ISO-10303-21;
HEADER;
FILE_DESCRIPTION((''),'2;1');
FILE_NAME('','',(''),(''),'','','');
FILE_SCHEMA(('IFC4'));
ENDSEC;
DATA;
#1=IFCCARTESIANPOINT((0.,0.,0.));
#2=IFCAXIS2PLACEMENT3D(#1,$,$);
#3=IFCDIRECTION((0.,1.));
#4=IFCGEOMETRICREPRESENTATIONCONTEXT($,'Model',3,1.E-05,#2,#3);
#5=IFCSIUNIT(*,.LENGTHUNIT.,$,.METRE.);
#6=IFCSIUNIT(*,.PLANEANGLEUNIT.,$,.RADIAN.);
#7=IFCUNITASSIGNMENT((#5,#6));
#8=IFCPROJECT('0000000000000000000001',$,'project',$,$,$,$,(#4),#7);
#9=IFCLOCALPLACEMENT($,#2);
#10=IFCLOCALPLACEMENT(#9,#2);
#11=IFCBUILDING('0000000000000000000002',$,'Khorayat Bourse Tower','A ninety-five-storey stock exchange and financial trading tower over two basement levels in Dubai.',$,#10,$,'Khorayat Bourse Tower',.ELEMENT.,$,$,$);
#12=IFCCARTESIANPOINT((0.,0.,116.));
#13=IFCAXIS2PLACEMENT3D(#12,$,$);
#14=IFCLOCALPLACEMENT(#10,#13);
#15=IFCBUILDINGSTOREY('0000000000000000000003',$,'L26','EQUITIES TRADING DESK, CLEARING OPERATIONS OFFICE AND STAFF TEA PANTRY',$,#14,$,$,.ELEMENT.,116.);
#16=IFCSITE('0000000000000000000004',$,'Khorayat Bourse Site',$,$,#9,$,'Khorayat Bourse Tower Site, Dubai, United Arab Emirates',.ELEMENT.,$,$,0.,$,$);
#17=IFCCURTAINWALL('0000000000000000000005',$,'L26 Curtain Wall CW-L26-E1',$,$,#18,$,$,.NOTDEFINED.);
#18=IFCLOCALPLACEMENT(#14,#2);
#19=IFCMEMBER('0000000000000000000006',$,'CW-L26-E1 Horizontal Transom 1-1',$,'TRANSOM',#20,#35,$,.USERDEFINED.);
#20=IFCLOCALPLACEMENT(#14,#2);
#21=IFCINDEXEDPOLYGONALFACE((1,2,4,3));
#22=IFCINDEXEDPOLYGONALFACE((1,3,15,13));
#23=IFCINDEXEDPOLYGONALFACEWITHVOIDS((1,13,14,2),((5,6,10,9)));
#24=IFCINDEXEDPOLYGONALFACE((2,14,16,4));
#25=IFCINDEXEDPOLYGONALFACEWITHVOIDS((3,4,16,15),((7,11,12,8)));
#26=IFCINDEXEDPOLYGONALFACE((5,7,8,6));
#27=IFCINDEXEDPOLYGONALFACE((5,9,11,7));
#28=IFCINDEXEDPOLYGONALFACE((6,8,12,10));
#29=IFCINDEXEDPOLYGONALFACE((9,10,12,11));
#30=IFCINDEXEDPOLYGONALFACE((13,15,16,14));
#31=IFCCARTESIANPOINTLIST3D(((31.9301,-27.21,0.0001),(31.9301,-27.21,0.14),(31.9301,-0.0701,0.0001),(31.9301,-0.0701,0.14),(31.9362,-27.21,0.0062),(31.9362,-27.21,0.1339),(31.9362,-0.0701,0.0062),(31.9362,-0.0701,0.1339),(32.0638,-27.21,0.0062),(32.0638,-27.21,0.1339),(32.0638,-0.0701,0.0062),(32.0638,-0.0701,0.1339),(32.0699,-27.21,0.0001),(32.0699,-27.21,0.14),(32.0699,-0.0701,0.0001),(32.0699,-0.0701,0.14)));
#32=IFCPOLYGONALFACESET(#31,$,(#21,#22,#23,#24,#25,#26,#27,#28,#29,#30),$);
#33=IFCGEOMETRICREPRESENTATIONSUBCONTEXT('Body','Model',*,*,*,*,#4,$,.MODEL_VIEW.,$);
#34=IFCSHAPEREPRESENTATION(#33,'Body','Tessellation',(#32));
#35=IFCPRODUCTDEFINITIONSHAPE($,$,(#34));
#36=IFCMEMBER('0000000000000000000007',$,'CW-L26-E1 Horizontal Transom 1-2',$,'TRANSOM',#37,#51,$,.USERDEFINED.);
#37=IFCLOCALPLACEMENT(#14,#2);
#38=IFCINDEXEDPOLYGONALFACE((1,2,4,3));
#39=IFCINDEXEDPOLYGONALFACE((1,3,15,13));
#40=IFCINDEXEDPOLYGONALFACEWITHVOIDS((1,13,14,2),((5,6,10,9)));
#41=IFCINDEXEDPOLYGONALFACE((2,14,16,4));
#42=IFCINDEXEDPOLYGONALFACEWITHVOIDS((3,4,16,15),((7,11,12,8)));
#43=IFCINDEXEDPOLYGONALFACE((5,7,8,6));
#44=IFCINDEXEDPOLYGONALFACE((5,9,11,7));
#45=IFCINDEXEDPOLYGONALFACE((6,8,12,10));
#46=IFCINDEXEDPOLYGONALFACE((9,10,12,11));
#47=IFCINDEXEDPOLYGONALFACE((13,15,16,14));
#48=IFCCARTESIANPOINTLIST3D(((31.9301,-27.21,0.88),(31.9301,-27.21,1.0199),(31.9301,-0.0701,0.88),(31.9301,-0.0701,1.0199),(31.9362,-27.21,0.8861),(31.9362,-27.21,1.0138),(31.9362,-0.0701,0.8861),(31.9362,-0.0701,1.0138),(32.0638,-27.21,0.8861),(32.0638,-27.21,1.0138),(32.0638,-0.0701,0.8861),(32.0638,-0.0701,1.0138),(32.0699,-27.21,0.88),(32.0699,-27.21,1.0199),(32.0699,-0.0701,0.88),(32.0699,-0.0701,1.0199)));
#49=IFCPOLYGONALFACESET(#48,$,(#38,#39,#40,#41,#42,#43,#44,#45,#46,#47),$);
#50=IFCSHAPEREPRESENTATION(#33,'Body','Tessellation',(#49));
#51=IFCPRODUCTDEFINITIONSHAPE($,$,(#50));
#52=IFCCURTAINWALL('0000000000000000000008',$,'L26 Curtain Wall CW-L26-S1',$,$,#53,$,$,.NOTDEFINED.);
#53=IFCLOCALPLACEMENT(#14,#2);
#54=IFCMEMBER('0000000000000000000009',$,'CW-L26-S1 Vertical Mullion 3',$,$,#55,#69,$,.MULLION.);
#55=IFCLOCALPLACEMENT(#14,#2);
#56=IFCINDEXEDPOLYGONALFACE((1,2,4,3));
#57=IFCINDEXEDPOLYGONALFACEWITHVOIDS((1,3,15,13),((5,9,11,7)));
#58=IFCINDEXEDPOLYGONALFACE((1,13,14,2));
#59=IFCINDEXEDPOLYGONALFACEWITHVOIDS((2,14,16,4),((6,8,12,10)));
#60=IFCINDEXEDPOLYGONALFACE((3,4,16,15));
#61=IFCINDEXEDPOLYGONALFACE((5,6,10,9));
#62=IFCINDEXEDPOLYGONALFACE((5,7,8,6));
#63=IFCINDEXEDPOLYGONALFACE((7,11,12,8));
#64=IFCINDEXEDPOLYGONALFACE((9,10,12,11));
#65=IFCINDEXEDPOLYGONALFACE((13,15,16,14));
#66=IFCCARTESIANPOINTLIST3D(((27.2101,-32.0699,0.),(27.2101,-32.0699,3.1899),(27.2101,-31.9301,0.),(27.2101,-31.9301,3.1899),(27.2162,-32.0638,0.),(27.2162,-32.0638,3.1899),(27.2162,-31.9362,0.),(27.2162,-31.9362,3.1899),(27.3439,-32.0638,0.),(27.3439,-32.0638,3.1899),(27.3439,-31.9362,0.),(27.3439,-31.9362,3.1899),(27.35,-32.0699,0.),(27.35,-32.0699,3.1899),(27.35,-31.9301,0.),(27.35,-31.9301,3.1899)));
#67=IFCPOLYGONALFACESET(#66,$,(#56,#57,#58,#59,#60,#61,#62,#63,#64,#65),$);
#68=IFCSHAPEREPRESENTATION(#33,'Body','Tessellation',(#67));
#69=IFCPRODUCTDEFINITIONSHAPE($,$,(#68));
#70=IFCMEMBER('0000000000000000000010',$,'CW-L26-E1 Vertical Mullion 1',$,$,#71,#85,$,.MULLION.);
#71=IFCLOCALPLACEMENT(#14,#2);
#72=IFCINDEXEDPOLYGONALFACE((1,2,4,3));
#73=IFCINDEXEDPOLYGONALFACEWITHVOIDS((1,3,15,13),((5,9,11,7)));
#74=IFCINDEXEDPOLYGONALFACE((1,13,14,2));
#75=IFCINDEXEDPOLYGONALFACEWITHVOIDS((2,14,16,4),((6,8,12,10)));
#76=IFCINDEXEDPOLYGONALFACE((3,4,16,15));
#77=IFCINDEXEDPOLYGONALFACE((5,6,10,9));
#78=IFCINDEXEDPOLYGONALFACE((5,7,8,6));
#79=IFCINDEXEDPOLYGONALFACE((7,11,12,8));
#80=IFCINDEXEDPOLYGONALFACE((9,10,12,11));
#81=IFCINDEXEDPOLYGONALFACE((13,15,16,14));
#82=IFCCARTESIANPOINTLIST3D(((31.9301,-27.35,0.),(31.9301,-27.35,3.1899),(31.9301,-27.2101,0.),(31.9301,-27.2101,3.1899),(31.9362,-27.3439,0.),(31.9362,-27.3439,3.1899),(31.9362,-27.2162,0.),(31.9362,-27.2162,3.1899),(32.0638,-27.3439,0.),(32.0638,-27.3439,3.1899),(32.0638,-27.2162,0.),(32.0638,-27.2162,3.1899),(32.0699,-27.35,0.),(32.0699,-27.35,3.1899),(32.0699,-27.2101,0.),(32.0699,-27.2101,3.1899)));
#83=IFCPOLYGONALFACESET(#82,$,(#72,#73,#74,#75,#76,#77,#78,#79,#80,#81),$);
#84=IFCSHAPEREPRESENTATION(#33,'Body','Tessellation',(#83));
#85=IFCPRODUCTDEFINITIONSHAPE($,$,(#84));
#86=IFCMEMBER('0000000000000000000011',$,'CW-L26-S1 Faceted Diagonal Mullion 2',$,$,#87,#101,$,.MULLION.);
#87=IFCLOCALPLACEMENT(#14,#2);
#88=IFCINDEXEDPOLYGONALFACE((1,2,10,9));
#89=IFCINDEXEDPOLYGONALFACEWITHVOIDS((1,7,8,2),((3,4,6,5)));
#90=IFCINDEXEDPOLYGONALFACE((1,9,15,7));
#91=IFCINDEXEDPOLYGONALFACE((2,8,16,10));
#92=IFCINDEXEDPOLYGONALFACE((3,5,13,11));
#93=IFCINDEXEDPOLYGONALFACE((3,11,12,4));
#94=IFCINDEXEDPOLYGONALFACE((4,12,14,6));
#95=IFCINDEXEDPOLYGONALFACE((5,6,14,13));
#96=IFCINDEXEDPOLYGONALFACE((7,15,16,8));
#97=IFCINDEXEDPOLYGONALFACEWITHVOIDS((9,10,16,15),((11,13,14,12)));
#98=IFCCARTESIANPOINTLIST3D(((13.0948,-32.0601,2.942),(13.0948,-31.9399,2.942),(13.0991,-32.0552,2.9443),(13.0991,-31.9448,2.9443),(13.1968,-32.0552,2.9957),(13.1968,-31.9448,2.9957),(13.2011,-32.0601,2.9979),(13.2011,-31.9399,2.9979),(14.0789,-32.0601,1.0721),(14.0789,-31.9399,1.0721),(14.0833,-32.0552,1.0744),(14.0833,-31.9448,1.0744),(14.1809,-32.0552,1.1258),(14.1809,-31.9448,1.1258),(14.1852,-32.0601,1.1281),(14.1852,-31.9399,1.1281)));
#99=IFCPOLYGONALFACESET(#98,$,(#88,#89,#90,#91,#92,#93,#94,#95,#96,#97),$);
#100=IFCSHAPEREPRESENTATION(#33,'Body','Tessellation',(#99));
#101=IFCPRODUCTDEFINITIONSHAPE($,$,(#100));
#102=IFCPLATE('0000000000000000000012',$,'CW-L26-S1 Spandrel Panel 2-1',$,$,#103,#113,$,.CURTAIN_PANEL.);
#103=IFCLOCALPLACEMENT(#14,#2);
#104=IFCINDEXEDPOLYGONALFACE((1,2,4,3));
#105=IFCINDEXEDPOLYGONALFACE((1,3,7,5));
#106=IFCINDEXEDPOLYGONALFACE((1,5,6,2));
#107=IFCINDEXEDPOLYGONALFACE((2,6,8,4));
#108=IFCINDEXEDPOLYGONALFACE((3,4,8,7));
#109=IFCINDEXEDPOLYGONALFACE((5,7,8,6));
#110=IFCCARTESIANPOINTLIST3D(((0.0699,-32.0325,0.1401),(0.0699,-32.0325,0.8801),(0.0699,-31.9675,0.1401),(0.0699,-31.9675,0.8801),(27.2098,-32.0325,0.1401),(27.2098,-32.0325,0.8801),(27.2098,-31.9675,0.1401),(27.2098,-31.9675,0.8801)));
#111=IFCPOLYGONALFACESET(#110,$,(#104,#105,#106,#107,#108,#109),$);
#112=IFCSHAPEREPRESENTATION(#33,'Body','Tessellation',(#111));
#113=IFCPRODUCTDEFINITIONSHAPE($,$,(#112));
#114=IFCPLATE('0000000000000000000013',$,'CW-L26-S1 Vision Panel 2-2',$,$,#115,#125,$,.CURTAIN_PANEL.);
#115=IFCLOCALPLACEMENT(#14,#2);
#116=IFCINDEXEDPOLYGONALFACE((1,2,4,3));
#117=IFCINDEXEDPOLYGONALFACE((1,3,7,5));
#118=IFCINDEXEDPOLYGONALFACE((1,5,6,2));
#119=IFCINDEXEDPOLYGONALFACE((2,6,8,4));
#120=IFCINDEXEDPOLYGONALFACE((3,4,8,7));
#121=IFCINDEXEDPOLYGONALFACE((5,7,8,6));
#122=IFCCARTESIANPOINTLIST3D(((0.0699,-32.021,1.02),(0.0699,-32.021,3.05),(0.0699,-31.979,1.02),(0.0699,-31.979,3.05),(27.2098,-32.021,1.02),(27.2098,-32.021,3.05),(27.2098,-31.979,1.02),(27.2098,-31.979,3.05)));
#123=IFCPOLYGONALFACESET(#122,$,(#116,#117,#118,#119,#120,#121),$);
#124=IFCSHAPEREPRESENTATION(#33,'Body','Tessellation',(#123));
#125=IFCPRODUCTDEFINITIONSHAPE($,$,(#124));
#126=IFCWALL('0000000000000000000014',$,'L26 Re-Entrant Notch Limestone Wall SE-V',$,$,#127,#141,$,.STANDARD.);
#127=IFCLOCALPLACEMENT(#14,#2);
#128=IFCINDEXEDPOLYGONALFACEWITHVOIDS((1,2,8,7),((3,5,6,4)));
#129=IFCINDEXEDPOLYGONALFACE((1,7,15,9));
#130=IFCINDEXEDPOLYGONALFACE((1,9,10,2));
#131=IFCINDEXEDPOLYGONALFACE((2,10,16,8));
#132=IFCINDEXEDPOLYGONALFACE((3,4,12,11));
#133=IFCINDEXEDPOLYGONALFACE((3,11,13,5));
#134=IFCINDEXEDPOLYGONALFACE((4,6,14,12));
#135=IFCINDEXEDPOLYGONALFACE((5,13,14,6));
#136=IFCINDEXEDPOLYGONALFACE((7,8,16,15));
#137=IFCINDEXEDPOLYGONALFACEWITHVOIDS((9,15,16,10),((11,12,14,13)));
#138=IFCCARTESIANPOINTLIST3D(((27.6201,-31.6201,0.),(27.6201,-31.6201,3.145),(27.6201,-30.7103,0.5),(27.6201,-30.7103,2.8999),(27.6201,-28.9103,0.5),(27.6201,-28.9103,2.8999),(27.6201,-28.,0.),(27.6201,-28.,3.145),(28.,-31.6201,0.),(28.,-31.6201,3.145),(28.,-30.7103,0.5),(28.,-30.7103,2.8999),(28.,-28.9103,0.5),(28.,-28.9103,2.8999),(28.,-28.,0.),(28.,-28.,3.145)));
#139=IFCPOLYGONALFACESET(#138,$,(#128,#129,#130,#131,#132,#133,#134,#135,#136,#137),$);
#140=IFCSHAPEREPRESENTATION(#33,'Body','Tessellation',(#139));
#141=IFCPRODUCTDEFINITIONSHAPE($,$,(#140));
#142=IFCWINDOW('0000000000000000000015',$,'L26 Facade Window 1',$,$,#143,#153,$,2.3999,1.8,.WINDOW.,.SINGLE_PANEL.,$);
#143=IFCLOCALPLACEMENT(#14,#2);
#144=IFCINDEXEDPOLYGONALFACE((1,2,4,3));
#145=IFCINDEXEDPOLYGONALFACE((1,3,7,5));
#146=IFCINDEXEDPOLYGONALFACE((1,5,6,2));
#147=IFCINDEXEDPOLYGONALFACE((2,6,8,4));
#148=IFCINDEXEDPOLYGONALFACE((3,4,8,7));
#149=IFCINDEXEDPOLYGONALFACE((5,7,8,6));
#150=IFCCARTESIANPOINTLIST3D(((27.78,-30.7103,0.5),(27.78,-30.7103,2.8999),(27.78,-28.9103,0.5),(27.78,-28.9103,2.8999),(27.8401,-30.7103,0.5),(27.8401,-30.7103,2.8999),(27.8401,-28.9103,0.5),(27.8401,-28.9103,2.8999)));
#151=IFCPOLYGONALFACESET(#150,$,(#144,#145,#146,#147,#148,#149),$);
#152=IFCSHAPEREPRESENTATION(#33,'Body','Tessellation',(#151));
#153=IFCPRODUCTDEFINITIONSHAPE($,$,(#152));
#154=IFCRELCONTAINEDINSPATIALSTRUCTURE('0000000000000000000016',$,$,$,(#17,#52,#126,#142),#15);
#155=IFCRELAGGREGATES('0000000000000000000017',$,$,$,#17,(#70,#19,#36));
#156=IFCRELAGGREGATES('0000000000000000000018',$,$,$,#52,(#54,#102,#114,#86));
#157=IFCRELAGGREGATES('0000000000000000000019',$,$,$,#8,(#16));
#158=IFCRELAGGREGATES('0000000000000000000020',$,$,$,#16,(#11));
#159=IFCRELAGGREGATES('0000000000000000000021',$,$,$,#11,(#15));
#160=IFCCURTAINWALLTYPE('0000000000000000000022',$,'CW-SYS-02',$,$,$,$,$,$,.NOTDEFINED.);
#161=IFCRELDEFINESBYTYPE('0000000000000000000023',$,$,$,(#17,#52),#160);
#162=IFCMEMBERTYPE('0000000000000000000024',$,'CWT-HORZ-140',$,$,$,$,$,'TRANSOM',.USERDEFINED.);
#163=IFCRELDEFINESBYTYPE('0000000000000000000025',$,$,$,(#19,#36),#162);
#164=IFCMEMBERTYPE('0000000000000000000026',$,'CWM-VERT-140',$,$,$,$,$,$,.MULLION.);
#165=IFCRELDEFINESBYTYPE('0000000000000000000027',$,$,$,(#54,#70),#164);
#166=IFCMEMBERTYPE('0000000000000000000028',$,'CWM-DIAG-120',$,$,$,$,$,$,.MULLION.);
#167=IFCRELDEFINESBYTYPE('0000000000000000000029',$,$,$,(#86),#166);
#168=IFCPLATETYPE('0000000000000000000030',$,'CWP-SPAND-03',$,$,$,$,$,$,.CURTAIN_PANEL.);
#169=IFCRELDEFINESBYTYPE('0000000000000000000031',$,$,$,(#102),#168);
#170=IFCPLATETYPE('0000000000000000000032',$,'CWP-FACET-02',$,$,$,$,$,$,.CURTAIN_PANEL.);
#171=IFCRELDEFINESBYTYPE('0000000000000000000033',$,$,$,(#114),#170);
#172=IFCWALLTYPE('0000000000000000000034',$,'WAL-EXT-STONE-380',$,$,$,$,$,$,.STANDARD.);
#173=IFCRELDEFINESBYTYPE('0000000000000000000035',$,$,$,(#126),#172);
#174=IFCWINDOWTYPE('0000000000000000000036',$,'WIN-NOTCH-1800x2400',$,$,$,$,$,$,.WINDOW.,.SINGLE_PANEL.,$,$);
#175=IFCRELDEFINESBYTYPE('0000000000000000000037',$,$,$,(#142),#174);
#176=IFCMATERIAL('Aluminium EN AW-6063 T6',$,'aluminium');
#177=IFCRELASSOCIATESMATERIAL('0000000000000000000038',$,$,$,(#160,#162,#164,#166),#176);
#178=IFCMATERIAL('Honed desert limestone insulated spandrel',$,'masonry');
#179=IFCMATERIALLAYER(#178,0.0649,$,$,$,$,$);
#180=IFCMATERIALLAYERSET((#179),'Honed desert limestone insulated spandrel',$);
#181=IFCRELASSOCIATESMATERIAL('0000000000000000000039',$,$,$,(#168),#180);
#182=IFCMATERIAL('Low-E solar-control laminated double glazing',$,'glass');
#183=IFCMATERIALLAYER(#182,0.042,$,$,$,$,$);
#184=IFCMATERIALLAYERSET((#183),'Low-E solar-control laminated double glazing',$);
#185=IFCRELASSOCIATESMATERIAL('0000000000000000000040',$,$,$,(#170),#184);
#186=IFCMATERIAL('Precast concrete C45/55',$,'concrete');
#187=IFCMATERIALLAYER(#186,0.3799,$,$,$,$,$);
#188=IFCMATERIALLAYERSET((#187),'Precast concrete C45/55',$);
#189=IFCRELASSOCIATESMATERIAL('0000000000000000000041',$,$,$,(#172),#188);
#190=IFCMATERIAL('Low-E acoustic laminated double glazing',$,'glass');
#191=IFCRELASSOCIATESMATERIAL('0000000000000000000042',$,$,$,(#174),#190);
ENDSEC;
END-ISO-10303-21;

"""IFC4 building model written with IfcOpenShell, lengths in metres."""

from ifc_helpers import new_model, si_unit, direction, frame, frame_2d, origin, origin_2d, place, context, subcontext, project, spatial, rectangle, hollow_rectangle, extrude, source, transform, mapped, material, layer, layer_set, material_profile, profile_set, type_object, element, fill, aggregate, save


model = new_model("IFC4")

# Units and contexts
model_context = context("Model", 3, precision=1e-05, world=origin(), true_north=direction((0.0, 1.0)))
body_context = subcontext(model_context, "Body", "Model", "MODEL_VIEW")
ifc_project = project(units=[si_unit("LENGTHUNIT", "METRE"), si_unit("PLANEANGLEUNIT", "RADIAN")], contexts=[model_context])

# Site, building, storey
site_placement = place(None, origin())
site = spatial("IfcSite", under=ifc_project, at=site_placement, Name="Khorayat Bourse Site", LongName="Khorayat Bourse Tower Site, Dubai, United Arab Emirates", CompositionType="ELEMENT", RefElevation=0.0)
building_placement = place(site_placement, origin())
building = spatial("IfcBuilding", under=site, at=building_placement, Name="Khorayat Bourse Tower", Description="A ninety-five-storey stock exchange and financial trading tower over two basement levels in Dubai.", LongName="Khorayat Bourse Tower", CompositionType="ELEMENT")
storey_placement = place(building_placement, frame((0.0, 0.0, 116.0)))
storey = spatial("IfcBuildingStorey", under=building, at=storey_placement, Name="L26", Description="EQUITIES TRADING DESK, CLEARING OPERATIONS OFFICE AND STAFF TEA PANTRY", CompositionType="ELEMENT", Elevation=116.0)

# Curtain wall, members
ifc_material_1 = material(Name="Aluminium EN AW-6063 T6", Category="aluminium")
curtain_wall_type = type_object("IfcCurtainWallType", Name="CW-SYS-02", PredefinedType="NOTDEFINED", material=ifc_material_1)
curtain_wall_1_placement = place(storey_placement, origin())
curtain_wall_1 = element("IfcCurtainWall", 1, at=curtain_wall_1_placement, inside=storey, type_object=curtain_wall_type, Name="L26 Curtain Wall CW-L26-E1", PredefinedType="NOTDEFINED")
ifc_material_profile_1 = material_profile(ifc_material_1, hollow_rectangle(XDim=0.1399, YDim=0.1399, WallThickness=0.0061, at=origin_2d()), Name="ALU 140x140x6")
ifc_profile_set_1 = profile_set([ifc_material_profile_1], Name="Aluminium EN AW-6063 T6")
member_type_1 = type_object("IfcMemberType", Name="CWT-HORZ-140", ElementType="TRANSOM", PredefinedType="USERDEFINED", material=ifc_profile_set_1)
shared_shape_1 = source(origin(), body_context, "Body", "SweptSolid", [
    extrude(hollow_rectangle(XDim=0.1399, YDim=0.1399, WallThickness=0.0061, at=origin_2d()), origin(), (0.0, 0.0, 1.0), 27.1399),
])
member_1_placement = place(storey_placement, frame((32.0, -27.21, 0.0701), z_axis=(0.0, 1.0, 0.0), x_axis=(-1.0, 0.0, 0.0)))
member_1 = element("IfcMember", 2, at=member_1_placement, type_object=member_type_1, Name="CW-L26-E1 Horizontal Transom 1-1", ObjectType="TRANSOM", PredefinedType="USERDEFINED", context=body_context, shape_type="MappedRepresentation", body=[
    mapped(shared_shape_1, transform((0.0, 0.0, 0.0), scale=1.0)),
])
member_2_placement = place(storey_placement, frame((32.0, -27.21, 0.95), z_axis=(0.0, 1.0, 0.0), x_axis=(-1.0, 0.0, 0.0)))
member_2 = element("IfcMember", 3, at=member_2_placement, type_object=member_type_1, Name="CW-L26-E1 Horizontal Transom 1-2", ObjectType="TRANSOM", PredefinedType="USERDEFINED", context=body_context, shape_type="MappedRepresentation", body=[
    mapped(shared_shape_1, transform((0.0, 0.0, 0.0), scale=1.0)),
])

# Curtain wall, member
curtain_wall_2_placement = place(storey_placement, origin())
curtain_wall_2 = element("IfcCurtainWall", 4, at=curtain_wall_2_placement, inside=storey, type_object=curtain_wall_type, Name="L26 Curtain Wall CW-L26-S1", PredefinedType="NOTDEFINED")
ifc_material_profile_2 = material_profile(ifc_material_1, hollow_rectangle(XDim=0.1399, YDim=0.1399, WallThickness=0.0061, at=origin_2d()), Name="ALU 140x140x6")
ifc_profile_set_2 = profile_set([ifc_material_profile_2], Name="Aluminium EN AW-6063 T6")
member_type_2 = type_object("IfcMemberType", Name="CWM-VERT-140", PredefinedType="MULLION", material=ifc_profile_set_2)
shared_shape_2 = source(origin(), body_context, "Body", "SweptSolid", [
    extrude(hollow_rectangle(XDim=0.1399, YDim=0.1399, WallThickness=0.0061, at=origin_2d()), origin(), (0.0, 0.0, 1.0), 3.1899),
])
member_3_placement = place(storey_placement, frame((27.28, -32.0, 0.0), z_axis=(0.0, 0.0, 1.0), x_axis=(0.0, 1.0, 0.0)))
member_3 = element("IfcMember", 5, at=member_3_placement, type_object=member_type_2, Name="CW-L26-S1 Vertical Mullion 3", PredefinedType="MULLION", context=body_context, shape_type="MappedRepresentation", body=[
    mapped(shared_shape_2, transform((0.0, 0.0, 0.0), scale=1.0)),
])

# Members
member_4_placement = place(storey_placement, frame((32.0, -27.28, 0.0), z_axis=(0.0, 0.0, 1.0), x_axis=(-1.0, 0.0, 0.0)))
member_4 = element("IfcMember", 6, at=member_4_placement, type_object=member_type_2, Name="CW-L26-E1 Vertical Mullion 1", PredefinedType="MULLION", context=body_context, shape_type="MappedRepresentation", body=[
    mapped(shared_shape_2, transform((0.0, 0.0, 0.0), scale=1.0)),
])
aggregate(curtain_wall_1, [member_4, member_1, member_2])
ifc_material_profile_3 = material_profile(ifc_material_1, hollow_rectangle(XDim=0.1201, YDim=0.1201, WallThickness=0.0049, at=origin_2d()), Name="ALU 120x120x5")
ifc_profile_set_3 = profile_set([ifc_material_profile_3], Name="Aluminium EN AW-6063 T6")
member_type_3 = type_object("IfcMemberType", Name="CWM-DIAG-120", PredefinedType="MULLION", material=ifc_profile_set_3)
shared_shape_3 = source(origin(), body_context, "Body", "SweptSolid", [
    extrude(hollow_rectangle(XDim=0.1201, YDim=0.1201, WallThickness=0.0049, at=origin_2d()), origin(), (0.0, 0.0, 1.0), 2.113),
])
member_5_placement = place(storey_placement, frame((14.1321, -32.0, 1.1001), z_axis=(-0.465742, 0.0, 0.884921), x_axis=(0.0, -1.0, 0.0)))
member_5 = element("IfcMember", 7, at=member_5_placement, type_object=member_type_3, Name="CW-L26-S1 Faceted Diagonal Mullion 2", PredefinedType="MULLION", context=body_context, shape_type="MappedRepresentation", body=[
    mapped(shared_shape_3, transform((0.0, 0.0, 0.0), scale=1.0)),
])

# Plates
ifc_material_2 = material(Name="Honed desert limestone insulated spandrel", Category="masonry")
ifc_layer_1 = layer(ifc_material_2, 0.0649)
ifc_layer_set_1 = layer_set([ifc_layer_1], Name="Honed desert limestone insulated spandrel")
plate_type_1 = type_object("IfcPlateType", Name="CWP-SPAND-03", PredefinedType="CURTAIN_PANEL", material=ifc_layer_set_1)
shared_shape_4 = source(origin(), body_context, "Body", "SweptSolid", [
    extrude(rectangle(XDim=27.1399, YDim=0.0649, at=origin_2d()), origin(), (0.0, 0.0, 1.0), 0.74),
])
plate_1_placement = place(storey_placement, frame((13.6399, -32.0, 0.1401), z_axis=(0.0, 0.0, 1.0), x_axis=(1.0, 0.0, 0.0)))
plate_1 = element("IfcPlate", 8, at=plate_1_placement, type_object=plate_type_1, Name="CW-L26-S1 Spandrel Panel 2-1", PredefinedType="CURTAIN_PANEL", context=body_context, shape_type="MappedRepresentation", body=[
    mapped(shared_shape_4, transform((0.0, 0.0, 0.0), scale=1.0)),
])
ifc_material_3 = material(Name="Low-E solar-control laminated double glazing", Category="glass")
ifc_layer_2 = layer(ifc_material_3, 0.042)
ifc_layer_set_2 = layer_set([ifc_layer_2], Name="Low-E solar-control laminated double glazing")
plate_type_2 = type_object("IfcPlateType", Name="CWP-FACET-02", PredefinedType="CURTAIN_PANEL", material=ifc_layer_set_2)
shared_shape_5 = source(origin(), body_context, "Body", "SweptSolid", [
    extrude(rectangle(XDim=27.1399, YDim=0.042, at=origin_2d()), origin(), (0.0, 0.0, 1.0), 2.03),
])
plate_2_placement = place(storey_placement, frame((13.6399, -32.0, 1.02), z_axis=(0.0, 0.0, 1.0), x_axis=(1.0, 0.0, 0.0)))
plate_2 = element("IfcPlate", 9, at=plate_2_placement, type_object=plate_type_2, Name="CW-L26-S1 Vision Panel 2-2", PredefinedType="CURTAIN_PANEL", context=body_context, shape_type="MappedRepresentation", body=[
    mapped(shared_shape_5, transform((0.0, 0.0, 0.0), scale=1.0)),
])
aggregate(curtain_wall_2, [member_3, plate_1, plate_2, member_5])

# Wall, opening, window
ifc_material_4 = material(Name="Precast concrete C45/55", Category="concrete")
ifc_layer_3 = layer(ifc_material_4, 0.3799)
ifc_layer_set_3 = layer_set([ifc_layer_3], Name="Precast concrete C45/55")
wall_type_1 = type_object("IfcWallType", Name="WAL-EXT-STONE-380", PredefinedType="STANDARD", material=ifc_layer_set_3)
shared_shape_6 = source(origin(), body_context, "Body", "SweptSolid", [
    extrude(rectangle(XDim=3.6201, YDim=0.3799, at=frame_2d((1.8101, 0.0))), origin(), (0.0, 0.0, 1.0), 3.145),
])
wall_1_placement = place(storey_placement, frame((27.8101, -31.6201, 0.0), z_axis=(0.0, 0.0, 1.0), x_axis=(0.0, 1.0, 0.0)))
wall_1 = element("IfcWall", 10, at=wall_1_placement, inside=storey, type_object=wall_type_1, Name="L26 Re-Entrant Notch Limestone Wall SE-V", PredefinedType="STANDARD", context=body_context, shape_type="MappedRepresentation", body=[
    mapped(shared_shape_6, transform((0.0, 0.0, 0.0), scale=1.0)),
])
shared_shape_7 = source(origin(), body_context, "Body", "SweptSolid", [
    extrude(rectangle(XDim=1.8, YDim=2.3999, at=frame_2d((0.8999, 1.2))), frame((0.0, 0.2, 0.0), z_axis=(0.0, -1.0, 0.0), x_axis=(1.0, 0.0, 0.0)), (0.0, 0.0, 1.0), 0.3999),
])
opening_1_placement = place(wall_1_placement, frame((0.9099, 0.0, 0.5)))
opening_1 = element("IfcOpeningElement", 11, at=opening_1_placement, cuts=wall_1, PredefinedType="OPENING", context=body_context, shape_type="MappedRepresentation", body=[
    mapped(shared_shape_7, transform((0.0, 0.0, 0.0), scale=1.0)),
])
ifc_material_5 = material(Name="Low-E acoustic laminated double glazing", Category="glass")
window_type = type_object("IfcWindowType", Name="WIN-NOTCH-1800x2400", PartitioningType="SINGLE_PANEL", PredefinedType="WINDOW", material=ifc_material_5)
shared_shape_8 = source(origin(), body_context, "Body", "SweptSolid", [
    extrude(rectangle(XDim=1.8, YDim=2.3999, at=frame_2d((0.8999, 1.2))), frame((0.0, 0.03, 0.0), z_axis=(0.0, -1.0, 0.0), x_axis=(1.0, 0.0, 0.0)), (0.0, 0.0, 1.0), 0.0601),
])
window_1_placement = place(opening_1_placement, origin())
window_1 = element("IfcWindow", 12, at=window_1_placement, inside=storey, type_object=window_type, Name="L26 Facade Window 1", OverallHeight=2.3999, OverallWidth=1.8, PartitioningType="SINGLE_PANEL", PredefinedType="WINDOW", context=body_context, shape_type="MappedRepresentation", body=[
    mapped(shared_shape_8, transform((0.0, 0.0, 0.0), scale=1.0)),
])
fill(opening_1, window_1)

save(model, "model.ifc")
